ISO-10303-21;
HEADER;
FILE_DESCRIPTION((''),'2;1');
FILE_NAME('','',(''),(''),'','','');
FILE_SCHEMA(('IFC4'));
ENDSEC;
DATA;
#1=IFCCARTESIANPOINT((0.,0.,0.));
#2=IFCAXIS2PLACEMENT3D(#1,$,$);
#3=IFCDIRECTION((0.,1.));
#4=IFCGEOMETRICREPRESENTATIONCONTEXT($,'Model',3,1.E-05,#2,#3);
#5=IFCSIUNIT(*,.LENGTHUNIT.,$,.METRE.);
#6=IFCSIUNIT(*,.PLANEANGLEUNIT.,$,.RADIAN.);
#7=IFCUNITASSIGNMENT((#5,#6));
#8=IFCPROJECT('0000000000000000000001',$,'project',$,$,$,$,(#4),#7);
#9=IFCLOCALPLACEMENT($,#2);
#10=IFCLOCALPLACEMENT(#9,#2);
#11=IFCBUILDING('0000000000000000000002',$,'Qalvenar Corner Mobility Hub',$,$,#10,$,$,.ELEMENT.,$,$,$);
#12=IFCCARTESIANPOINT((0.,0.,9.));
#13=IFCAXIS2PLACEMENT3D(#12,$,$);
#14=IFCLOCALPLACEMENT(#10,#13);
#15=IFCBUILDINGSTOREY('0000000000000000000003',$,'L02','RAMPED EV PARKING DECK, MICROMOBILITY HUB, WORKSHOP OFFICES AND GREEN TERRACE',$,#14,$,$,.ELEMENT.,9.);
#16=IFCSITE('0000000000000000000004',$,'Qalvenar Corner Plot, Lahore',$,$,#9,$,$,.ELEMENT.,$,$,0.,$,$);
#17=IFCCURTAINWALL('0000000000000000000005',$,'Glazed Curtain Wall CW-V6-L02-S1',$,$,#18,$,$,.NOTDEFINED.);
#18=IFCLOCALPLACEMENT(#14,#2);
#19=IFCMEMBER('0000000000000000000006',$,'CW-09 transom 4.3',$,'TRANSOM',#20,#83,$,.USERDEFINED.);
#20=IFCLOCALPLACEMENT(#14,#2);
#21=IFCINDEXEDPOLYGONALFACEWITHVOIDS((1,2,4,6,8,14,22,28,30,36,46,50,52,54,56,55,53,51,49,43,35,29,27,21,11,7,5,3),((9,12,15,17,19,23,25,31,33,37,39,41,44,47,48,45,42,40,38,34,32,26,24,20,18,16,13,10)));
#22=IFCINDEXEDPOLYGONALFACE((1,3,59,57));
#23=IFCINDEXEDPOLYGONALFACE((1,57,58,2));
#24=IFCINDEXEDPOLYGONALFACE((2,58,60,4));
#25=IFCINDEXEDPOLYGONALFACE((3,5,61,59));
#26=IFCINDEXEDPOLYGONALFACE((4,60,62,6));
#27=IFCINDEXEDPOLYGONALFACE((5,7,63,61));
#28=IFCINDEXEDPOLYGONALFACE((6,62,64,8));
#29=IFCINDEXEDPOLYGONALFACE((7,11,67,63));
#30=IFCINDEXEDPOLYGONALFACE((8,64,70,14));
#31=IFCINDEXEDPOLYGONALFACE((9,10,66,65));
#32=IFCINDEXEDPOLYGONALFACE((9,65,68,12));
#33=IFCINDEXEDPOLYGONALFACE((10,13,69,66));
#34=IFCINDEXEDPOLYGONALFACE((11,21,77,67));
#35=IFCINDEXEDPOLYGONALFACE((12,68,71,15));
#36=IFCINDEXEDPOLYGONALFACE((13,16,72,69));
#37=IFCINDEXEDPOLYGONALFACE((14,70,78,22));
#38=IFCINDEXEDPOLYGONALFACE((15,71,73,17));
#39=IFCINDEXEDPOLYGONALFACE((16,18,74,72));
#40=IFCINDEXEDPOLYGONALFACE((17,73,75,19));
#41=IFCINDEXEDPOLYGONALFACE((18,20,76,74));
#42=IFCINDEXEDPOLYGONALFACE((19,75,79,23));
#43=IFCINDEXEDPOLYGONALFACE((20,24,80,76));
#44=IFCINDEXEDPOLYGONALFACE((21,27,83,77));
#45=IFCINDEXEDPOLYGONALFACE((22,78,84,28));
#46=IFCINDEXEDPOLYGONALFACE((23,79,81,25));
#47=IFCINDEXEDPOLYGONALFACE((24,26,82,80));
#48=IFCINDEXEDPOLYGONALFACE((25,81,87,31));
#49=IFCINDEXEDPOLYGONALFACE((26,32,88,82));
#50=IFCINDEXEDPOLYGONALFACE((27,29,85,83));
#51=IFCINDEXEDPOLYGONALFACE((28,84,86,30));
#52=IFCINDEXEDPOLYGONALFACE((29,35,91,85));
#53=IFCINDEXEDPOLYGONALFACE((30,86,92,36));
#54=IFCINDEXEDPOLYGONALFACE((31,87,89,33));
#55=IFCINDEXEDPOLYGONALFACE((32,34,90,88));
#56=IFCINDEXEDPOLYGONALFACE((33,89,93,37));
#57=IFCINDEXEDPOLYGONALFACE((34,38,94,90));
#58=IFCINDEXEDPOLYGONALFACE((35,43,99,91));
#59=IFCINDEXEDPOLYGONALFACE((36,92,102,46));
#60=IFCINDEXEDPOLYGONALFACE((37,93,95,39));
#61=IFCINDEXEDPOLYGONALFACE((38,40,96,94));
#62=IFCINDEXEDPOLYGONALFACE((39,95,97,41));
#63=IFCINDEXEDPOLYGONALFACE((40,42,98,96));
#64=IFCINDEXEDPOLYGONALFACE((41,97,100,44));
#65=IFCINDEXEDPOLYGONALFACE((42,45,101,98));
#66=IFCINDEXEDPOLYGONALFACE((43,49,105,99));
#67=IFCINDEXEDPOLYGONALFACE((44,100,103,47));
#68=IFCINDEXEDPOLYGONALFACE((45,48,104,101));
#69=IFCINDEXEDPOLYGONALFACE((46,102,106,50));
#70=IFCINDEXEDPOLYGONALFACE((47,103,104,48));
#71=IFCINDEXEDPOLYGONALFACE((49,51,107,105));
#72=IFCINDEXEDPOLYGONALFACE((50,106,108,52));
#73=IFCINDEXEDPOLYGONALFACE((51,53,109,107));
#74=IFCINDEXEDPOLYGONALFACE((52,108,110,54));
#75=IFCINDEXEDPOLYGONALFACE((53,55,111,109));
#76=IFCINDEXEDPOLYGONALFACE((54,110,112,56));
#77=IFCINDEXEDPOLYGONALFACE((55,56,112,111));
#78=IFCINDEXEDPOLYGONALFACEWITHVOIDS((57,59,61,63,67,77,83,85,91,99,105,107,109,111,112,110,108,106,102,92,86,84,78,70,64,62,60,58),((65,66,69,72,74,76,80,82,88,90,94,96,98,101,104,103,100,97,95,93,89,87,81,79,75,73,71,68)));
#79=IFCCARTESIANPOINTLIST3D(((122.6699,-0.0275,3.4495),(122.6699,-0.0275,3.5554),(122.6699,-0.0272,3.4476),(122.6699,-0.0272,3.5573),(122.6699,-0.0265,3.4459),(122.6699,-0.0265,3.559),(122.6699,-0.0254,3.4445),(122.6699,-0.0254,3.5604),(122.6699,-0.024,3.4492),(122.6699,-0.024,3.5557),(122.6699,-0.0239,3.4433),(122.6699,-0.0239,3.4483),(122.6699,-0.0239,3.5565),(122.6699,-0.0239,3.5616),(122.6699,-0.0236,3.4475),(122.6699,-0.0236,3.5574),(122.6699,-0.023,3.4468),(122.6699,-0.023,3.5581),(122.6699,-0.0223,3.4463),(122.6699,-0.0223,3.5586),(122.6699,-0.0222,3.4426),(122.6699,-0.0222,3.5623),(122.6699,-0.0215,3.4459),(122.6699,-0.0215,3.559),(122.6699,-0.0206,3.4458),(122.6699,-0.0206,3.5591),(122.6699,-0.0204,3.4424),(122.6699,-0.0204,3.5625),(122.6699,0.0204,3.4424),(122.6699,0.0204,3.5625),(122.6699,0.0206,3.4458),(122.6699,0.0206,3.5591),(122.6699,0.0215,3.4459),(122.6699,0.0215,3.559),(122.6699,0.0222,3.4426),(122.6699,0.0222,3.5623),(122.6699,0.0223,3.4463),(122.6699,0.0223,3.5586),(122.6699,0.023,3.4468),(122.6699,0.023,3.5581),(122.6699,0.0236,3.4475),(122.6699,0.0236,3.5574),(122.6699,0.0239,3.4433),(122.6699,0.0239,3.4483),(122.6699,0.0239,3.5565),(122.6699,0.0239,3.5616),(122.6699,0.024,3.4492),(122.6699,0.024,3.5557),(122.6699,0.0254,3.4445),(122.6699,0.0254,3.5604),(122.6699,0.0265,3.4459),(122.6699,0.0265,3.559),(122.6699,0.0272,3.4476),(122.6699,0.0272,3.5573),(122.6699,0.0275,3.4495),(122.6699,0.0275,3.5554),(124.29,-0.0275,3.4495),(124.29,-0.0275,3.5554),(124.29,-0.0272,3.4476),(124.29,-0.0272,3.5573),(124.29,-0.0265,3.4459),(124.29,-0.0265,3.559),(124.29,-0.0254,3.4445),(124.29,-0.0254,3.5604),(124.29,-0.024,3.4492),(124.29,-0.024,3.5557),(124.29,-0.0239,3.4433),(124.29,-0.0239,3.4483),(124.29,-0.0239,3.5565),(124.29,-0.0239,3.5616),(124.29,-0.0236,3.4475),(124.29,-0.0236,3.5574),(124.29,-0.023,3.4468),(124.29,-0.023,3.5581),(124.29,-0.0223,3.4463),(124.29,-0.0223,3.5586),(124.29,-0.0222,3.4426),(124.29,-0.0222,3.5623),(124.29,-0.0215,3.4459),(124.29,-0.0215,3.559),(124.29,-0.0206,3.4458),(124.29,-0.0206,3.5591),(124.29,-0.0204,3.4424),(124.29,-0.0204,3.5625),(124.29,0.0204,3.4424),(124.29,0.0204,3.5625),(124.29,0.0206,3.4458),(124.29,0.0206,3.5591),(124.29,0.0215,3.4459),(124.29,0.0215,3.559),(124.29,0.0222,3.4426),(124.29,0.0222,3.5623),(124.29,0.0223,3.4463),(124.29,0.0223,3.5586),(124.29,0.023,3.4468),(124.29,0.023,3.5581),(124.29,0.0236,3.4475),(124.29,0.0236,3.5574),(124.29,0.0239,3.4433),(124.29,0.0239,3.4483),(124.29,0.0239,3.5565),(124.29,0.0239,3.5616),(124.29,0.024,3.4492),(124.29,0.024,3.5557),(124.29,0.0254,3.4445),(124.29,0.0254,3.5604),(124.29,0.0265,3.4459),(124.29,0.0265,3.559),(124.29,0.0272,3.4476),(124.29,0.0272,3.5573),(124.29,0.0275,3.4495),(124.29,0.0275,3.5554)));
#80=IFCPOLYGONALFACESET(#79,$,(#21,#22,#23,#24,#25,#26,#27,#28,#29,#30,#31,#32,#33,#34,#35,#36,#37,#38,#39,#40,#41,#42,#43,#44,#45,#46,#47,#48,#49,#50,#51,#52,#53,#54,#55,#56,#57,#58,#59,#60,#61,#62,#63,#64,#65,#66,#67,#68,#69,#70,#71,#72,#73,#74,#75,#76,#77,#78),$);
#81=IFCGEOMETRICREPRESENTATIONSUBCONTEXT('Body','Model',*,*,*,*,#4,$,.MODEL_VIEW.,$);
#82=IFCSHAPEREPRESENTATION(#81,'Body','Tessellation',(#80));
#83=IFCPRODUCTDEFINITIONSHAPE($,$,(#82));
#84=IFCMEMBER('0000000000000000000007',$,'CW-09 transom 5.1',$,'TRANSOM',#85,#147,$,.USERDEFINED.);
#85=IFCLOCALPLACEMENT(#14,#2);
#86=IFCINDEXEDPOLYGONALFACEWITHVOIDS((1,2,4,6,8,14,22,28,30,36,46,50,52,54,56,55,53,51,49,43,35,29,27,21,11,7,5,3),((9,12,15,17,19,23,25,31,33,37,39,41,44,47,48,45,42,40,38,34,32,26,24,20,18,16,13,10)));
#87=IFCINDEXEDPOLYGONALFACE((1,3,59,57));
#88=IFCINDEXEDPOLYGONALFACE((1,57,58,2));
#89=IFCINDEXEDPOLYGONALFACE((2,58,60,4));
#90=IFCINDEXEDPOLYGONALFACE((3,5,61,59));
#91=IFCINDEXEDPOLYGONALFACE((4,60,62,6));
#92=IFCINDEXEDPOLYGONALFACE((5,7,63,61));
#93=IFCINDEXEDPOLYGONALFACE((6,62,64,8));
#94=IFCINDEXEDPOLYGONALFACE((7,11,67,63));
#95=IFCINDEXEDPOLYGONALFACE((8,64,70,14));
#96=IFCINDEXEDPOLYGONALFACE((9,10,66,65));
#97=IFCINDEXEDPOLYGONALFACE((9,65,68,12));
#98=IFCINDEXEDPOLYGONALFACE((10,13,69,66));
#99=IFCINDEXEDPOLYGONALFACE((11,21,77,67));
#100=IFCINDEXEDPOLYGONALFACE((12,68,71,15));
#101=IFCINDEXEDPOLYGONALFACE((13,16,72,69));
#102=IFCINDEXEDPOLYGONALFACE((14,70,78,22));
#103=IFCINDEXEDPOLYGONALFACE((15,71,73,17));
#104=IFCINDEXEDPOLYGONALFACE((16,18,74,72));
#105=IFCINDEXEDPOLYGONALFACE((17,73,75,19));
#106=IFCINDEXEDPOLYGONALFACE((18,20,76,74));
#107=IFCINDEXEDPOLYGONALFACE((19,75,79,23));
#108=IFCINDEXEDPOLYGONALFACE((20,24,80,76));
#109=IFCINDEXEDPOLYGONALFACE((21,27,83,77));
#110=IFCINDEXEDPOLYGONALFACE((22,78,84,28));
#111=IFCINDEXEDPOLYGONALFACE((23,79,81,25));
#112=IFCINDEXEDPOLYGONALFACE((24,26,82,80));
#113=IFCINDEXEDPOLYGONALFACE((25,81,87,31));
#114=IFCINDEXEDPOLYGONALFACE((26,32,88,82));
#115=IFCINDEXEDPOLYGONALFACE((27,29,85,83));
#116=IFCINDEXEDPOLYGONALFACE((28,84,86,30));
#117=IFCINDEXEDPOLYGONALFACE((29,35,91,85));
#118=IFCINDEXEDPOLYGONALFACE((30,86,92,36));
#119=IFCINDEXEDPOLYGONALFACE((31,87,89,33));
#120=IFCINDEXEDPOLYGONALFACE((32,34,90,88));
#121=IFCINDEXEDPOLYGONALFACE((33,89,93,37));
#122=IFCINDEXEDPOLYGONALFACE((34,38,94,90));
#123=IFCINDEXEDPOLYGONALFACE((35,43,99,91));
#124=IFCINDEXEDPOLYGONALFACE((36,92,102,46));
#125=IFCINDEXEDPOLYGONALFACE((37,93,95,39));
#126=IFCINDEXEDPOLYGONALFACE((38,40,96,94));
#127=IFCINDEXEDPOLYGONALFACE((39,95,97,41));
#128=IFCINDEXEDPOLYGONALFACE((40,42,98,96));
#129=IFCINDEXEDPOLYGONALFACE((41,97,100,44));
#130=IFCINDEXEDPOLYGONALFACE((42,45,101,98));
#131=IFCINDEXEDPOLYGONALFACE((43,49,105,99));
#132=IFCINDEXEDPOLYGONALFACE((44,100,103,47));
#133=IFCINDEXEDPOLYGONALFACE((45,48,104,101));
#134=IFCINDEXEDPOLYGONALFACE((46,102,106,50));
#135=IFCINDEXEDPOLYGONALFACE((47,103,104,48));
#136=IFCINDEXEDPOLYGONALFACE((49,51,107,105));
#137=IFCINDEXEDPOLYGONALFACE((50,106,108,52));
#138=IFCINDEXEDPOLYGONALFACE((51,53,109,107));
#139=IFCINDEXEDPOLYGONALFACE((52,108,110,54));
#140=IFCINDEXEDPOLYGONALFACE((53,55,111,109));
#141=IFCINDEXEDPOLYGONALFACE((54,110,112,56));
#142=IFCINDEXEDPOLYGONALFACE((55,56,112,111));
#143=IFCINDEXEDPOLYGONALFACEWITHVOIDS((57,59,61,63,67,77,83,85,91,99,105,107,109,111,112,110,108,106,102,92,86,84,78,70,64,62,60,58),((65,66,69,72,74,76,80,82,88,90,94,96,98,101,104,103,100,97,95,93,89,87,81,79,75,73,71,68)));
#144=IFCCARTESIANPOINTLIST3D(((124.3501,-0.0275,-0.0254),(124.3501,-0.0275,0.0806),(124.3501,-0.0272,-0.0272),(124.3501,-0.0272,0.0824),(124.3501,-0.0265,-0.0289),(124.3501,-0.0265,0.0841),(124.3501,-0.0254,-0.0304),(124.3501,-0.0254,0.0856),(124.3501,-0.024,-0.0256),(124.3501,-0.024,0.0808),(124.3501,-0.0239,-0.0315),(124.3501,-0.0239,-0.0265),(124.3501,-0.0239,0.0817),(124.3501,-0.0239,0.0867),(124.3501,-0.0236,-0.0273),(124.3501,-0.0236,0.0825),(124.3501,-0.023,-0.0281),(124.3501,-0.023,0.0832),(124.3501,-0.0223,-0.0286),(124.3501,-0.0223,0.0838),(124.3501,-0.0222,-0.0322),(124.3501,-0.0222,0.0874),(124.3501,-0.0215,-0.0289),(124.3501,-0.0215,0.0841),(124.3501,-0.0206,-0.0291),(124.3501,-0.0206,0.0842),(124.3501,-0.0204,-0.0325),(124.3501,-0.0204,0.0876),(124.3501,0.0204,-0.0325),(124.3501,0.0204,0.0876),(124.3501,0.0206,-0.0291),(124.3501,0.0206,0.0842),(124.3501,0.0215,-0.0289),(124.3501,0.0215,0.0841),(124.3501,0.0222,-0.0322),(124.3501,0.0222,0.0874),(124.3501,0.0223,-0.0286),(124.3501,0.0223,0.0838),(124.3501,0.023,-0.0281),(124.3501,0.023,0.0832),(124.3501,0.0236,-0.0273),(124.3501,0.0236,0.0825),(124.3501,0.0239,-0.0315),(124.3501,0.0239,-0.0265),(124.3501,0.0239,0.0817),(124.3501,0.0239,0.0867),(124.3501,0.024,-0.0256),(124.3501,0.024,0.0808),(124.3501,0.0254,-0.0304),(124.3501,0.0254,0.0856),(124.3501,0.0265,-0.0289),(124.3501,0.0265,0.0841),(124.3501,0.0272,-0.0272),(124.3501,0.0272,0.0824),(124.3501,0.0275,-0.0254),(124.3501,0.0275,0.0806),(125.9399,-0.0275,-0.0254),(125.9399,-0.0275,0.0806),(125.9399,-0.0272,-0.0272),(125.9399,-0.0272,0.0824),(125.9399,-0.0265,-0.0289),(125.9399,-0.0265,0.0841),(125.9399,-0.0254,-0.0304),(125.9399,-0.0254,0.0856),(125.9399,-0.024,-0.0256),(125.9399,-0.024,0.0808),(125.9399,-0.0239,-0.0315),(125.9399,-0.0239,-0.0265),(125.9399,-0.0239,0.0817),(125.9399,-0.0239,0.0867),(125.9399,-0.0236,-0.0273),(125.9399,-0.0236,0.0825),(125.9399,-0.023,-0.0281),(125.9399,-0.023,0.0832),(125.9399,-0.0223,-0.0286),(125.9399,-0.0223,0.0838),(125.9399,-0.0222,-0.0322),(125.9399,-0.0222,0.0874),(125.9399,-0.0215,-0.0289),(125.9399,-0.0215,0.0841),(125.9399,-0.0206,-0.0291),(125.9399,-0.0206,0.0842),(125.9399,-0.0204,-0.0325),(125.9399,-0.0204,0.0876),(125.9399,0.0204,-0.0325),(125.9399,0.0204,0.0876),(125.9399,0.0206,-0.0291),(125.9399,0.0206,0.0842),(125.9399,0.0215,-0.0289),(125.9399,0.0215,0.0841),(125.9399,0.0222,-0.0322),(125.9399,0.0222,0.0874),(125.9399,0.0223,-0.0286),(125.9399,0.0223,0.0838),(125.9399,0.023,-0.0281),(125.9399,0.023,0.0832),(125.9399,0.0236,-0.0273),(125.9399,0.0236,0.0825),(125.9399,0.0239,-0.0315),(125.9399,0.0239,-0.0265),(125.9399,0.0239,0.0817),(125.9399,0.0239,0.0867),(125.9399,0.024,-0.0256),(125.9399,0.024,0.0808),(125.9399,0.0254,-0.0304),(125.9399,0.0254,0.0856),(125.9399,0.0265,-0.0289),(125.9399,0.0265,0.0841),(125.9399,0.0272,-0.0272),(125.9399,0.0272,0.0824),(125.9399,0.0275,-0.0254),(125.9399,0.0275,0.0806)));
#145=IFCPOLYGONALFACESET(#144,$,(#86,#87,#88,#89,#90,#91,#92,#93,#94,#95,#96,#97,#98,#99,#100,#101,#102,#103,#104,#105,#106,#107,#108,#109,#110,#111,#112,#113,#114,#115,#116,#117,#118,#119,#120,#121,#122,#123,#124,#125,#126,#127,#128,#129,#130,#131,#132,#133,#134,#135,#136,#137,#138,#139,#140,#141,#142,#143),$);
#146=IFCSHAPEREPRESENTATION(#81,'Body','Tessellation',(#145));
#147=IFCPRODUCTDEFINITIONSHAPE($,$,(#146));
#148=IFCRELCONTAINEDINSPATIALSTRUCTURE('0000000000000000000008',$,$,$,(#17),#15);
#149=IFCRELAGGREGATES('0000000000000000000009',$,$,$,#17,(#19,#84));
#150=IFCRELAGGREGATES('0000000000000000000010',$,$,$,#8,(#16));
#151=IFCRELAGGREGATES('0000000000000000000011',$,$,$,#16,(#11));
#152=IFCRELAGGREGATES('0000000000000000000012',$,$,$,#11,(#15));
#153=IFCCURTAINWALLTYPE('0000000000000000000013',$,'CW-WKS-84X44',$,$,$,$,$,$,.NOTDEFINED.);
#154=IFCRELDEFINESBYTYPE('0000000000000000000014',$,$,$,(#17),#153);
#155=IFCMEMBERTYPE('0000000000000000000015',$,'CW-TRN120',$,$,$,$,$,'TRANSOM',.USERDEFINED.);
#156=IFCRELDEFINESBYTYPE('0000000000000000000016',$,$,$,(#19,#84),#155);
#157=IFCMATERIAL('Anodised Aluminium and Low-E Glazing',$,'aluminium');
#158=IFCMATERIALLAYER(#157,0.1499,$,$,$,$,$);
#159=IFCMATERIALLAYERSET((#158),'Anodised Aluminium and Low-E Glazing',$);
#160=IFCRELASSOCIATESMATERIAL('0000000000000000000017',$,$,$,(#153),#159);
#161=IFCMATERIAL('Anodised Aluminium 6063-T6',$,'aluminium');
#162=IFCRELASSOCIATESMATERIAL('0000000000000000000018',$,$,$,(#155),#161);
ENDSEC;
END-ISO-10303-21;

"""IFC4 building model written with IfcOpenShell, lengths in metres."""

from ifc_helpers import new_model, si_unit, direction, frame, origin, origin_2d, place, context, subcontext, project, spatial, hollow_rectangle, extrude, material, layer, layer_set, material_profile, profile_set, type_object, element, aggregate, save


model = new_model("IFC4")

# Units and contexts
model_context = context("Model", 3, precision=1e-05, world=origin(), true_north=direction((0.0, 1.0)))
body_context = subcontext(model_context, "Body", "Model", "MODEL_VIEW")
ifc_project = project(units=[si_unit("LENGTHUNIT", "METRE"), si_unit("PLANEANGLEUNIT", "RADIAN")], contexts=[model_context])

# Site, building, storey
site_placement = place(None, origin())
site = spatial("IfcSite", under=ifc_project, at=site_placement, Name="Qalvenar Corner Plot, Lahore", CompositionType="ELEMENT", RefElevation=0.0)
building_placement = place(site_placement, origin())
building = spatial("IfcBuilding", under=site, at=building_placement, Name="Qalvenar Corner Mobility Hub", CompositionType="ELEMENT")
storey_placement = place(building_placement, frame((0.0, 0.0, 9.0)))
storey = spatial("IfcBuildingStorey", under=building, at=storey_placement, Name="L02", Description="RAMPED EV PARKING DECK, MICROMOBILITY HUB, WORKSHOP OFFICES AND GREEN TERRACE", CompositionType="ELEMENT", Elevation=9.0)

# Curtain wall, members
ifc_material_1 = material(Name="Anodised Aluminium and Low-E Glazing", Category="aluminium")
ifc_layer_1 = layer(ifc_material_1, 0.1499)
ifc_layer_set_1 = layer_set([ifc_layer_1], Name="Anodised Aluminium and Low-E Glazing")
curtain_wall_type = type_object("IfcCurtainWallType", Name="CW-WKS-84X44", PredefinedType="NOTDEFINED", material=ifc_layer_set_1)
curtain_wall_placement = place(storey_placement, origin())
curtain_wall = element("IfcCurtainWall", 1, at=curtain_wall_placement, inside=storey, type_object=curtain_wall_type, Name="Glazed Curtain Wall CW-V6-L02-S1", PredefinedType="NOTDEFINED")
ifc_material_2 = material(Name="Anodised Aluminium 6063-T6", Category="aluminium")
ifc_material_profile_1 = material_profile(ifc_material_2, hollow_rectangle(XDim=0.0549, YDim=0.1201, WallThickness=0.0034, InnerFilletRadius=0.0034, OuterFilletRadius=0.0071, at=origin_2d()), Name="RHS120x55x3.5")
ifc_profile_set_1 = profile_set([ifc_material_profile_1], Name="Anodised Aluminium 6063-T6")
member_type_1 = type_object("IfcMemberType", Name="CW-TRN120", ElementType="TRANSOM", PredefinedType="USERDEFINED", material=ifc_profile_set_1)
member_1_placement = place(storey_placement, frame((122.6699, 0.0, 3.5024), z_axis=(1.0, 0.0, 0.0), x_axis=(0.0, 1.0, 0.0)))
member_1 = element("IfcMember", 2, at=member_1_placement, type_object=member_type_1, Name="CW-09 transom 4.3", ObjectType="TRANSOM", PredefinedType="USERDEFINED", context=body_context, shape_type="SweptSolid", body=[
    extrude(hollow_rectangle(XDim=0.0549, YDim=0.1201, WallThickness=0.0034, InnerFilletRadius=0.0034, OuterFilletRadius=0.0071, at=origin_2d()), origin(), (0.0, 0.0, 1.0), 1.6201),
])
member_2_placement = place(storey_placement, frame((124.3501, 0.0, 0.0276), z_axis=(1.0, 0.0, 0.0), x_axis=(0.0, 1.0, 0.0)))
member_2 = element("IfcMember", 3, at=member_2_placement, type_object=member_type_1, Name="CW-09 transom 5.1", ObjectType="TRANSOM", PredefinedType="USERDEFINED", context=body_context, shape_type="SweptSolid", body=[
    extrude(hollow_rectangle(XDim=0.0549, YDim=0.1201, WallThickness=0.0034, InnerFilletRadius=0.0034, OuterFilletRadius=0.0071, at=origin_2d()), origin(), (0.0, 0.0, 1.0), 1.5898),
])
aggregate(curtain_wall, [member_1, member_2])

save(model, "model.ifc")
